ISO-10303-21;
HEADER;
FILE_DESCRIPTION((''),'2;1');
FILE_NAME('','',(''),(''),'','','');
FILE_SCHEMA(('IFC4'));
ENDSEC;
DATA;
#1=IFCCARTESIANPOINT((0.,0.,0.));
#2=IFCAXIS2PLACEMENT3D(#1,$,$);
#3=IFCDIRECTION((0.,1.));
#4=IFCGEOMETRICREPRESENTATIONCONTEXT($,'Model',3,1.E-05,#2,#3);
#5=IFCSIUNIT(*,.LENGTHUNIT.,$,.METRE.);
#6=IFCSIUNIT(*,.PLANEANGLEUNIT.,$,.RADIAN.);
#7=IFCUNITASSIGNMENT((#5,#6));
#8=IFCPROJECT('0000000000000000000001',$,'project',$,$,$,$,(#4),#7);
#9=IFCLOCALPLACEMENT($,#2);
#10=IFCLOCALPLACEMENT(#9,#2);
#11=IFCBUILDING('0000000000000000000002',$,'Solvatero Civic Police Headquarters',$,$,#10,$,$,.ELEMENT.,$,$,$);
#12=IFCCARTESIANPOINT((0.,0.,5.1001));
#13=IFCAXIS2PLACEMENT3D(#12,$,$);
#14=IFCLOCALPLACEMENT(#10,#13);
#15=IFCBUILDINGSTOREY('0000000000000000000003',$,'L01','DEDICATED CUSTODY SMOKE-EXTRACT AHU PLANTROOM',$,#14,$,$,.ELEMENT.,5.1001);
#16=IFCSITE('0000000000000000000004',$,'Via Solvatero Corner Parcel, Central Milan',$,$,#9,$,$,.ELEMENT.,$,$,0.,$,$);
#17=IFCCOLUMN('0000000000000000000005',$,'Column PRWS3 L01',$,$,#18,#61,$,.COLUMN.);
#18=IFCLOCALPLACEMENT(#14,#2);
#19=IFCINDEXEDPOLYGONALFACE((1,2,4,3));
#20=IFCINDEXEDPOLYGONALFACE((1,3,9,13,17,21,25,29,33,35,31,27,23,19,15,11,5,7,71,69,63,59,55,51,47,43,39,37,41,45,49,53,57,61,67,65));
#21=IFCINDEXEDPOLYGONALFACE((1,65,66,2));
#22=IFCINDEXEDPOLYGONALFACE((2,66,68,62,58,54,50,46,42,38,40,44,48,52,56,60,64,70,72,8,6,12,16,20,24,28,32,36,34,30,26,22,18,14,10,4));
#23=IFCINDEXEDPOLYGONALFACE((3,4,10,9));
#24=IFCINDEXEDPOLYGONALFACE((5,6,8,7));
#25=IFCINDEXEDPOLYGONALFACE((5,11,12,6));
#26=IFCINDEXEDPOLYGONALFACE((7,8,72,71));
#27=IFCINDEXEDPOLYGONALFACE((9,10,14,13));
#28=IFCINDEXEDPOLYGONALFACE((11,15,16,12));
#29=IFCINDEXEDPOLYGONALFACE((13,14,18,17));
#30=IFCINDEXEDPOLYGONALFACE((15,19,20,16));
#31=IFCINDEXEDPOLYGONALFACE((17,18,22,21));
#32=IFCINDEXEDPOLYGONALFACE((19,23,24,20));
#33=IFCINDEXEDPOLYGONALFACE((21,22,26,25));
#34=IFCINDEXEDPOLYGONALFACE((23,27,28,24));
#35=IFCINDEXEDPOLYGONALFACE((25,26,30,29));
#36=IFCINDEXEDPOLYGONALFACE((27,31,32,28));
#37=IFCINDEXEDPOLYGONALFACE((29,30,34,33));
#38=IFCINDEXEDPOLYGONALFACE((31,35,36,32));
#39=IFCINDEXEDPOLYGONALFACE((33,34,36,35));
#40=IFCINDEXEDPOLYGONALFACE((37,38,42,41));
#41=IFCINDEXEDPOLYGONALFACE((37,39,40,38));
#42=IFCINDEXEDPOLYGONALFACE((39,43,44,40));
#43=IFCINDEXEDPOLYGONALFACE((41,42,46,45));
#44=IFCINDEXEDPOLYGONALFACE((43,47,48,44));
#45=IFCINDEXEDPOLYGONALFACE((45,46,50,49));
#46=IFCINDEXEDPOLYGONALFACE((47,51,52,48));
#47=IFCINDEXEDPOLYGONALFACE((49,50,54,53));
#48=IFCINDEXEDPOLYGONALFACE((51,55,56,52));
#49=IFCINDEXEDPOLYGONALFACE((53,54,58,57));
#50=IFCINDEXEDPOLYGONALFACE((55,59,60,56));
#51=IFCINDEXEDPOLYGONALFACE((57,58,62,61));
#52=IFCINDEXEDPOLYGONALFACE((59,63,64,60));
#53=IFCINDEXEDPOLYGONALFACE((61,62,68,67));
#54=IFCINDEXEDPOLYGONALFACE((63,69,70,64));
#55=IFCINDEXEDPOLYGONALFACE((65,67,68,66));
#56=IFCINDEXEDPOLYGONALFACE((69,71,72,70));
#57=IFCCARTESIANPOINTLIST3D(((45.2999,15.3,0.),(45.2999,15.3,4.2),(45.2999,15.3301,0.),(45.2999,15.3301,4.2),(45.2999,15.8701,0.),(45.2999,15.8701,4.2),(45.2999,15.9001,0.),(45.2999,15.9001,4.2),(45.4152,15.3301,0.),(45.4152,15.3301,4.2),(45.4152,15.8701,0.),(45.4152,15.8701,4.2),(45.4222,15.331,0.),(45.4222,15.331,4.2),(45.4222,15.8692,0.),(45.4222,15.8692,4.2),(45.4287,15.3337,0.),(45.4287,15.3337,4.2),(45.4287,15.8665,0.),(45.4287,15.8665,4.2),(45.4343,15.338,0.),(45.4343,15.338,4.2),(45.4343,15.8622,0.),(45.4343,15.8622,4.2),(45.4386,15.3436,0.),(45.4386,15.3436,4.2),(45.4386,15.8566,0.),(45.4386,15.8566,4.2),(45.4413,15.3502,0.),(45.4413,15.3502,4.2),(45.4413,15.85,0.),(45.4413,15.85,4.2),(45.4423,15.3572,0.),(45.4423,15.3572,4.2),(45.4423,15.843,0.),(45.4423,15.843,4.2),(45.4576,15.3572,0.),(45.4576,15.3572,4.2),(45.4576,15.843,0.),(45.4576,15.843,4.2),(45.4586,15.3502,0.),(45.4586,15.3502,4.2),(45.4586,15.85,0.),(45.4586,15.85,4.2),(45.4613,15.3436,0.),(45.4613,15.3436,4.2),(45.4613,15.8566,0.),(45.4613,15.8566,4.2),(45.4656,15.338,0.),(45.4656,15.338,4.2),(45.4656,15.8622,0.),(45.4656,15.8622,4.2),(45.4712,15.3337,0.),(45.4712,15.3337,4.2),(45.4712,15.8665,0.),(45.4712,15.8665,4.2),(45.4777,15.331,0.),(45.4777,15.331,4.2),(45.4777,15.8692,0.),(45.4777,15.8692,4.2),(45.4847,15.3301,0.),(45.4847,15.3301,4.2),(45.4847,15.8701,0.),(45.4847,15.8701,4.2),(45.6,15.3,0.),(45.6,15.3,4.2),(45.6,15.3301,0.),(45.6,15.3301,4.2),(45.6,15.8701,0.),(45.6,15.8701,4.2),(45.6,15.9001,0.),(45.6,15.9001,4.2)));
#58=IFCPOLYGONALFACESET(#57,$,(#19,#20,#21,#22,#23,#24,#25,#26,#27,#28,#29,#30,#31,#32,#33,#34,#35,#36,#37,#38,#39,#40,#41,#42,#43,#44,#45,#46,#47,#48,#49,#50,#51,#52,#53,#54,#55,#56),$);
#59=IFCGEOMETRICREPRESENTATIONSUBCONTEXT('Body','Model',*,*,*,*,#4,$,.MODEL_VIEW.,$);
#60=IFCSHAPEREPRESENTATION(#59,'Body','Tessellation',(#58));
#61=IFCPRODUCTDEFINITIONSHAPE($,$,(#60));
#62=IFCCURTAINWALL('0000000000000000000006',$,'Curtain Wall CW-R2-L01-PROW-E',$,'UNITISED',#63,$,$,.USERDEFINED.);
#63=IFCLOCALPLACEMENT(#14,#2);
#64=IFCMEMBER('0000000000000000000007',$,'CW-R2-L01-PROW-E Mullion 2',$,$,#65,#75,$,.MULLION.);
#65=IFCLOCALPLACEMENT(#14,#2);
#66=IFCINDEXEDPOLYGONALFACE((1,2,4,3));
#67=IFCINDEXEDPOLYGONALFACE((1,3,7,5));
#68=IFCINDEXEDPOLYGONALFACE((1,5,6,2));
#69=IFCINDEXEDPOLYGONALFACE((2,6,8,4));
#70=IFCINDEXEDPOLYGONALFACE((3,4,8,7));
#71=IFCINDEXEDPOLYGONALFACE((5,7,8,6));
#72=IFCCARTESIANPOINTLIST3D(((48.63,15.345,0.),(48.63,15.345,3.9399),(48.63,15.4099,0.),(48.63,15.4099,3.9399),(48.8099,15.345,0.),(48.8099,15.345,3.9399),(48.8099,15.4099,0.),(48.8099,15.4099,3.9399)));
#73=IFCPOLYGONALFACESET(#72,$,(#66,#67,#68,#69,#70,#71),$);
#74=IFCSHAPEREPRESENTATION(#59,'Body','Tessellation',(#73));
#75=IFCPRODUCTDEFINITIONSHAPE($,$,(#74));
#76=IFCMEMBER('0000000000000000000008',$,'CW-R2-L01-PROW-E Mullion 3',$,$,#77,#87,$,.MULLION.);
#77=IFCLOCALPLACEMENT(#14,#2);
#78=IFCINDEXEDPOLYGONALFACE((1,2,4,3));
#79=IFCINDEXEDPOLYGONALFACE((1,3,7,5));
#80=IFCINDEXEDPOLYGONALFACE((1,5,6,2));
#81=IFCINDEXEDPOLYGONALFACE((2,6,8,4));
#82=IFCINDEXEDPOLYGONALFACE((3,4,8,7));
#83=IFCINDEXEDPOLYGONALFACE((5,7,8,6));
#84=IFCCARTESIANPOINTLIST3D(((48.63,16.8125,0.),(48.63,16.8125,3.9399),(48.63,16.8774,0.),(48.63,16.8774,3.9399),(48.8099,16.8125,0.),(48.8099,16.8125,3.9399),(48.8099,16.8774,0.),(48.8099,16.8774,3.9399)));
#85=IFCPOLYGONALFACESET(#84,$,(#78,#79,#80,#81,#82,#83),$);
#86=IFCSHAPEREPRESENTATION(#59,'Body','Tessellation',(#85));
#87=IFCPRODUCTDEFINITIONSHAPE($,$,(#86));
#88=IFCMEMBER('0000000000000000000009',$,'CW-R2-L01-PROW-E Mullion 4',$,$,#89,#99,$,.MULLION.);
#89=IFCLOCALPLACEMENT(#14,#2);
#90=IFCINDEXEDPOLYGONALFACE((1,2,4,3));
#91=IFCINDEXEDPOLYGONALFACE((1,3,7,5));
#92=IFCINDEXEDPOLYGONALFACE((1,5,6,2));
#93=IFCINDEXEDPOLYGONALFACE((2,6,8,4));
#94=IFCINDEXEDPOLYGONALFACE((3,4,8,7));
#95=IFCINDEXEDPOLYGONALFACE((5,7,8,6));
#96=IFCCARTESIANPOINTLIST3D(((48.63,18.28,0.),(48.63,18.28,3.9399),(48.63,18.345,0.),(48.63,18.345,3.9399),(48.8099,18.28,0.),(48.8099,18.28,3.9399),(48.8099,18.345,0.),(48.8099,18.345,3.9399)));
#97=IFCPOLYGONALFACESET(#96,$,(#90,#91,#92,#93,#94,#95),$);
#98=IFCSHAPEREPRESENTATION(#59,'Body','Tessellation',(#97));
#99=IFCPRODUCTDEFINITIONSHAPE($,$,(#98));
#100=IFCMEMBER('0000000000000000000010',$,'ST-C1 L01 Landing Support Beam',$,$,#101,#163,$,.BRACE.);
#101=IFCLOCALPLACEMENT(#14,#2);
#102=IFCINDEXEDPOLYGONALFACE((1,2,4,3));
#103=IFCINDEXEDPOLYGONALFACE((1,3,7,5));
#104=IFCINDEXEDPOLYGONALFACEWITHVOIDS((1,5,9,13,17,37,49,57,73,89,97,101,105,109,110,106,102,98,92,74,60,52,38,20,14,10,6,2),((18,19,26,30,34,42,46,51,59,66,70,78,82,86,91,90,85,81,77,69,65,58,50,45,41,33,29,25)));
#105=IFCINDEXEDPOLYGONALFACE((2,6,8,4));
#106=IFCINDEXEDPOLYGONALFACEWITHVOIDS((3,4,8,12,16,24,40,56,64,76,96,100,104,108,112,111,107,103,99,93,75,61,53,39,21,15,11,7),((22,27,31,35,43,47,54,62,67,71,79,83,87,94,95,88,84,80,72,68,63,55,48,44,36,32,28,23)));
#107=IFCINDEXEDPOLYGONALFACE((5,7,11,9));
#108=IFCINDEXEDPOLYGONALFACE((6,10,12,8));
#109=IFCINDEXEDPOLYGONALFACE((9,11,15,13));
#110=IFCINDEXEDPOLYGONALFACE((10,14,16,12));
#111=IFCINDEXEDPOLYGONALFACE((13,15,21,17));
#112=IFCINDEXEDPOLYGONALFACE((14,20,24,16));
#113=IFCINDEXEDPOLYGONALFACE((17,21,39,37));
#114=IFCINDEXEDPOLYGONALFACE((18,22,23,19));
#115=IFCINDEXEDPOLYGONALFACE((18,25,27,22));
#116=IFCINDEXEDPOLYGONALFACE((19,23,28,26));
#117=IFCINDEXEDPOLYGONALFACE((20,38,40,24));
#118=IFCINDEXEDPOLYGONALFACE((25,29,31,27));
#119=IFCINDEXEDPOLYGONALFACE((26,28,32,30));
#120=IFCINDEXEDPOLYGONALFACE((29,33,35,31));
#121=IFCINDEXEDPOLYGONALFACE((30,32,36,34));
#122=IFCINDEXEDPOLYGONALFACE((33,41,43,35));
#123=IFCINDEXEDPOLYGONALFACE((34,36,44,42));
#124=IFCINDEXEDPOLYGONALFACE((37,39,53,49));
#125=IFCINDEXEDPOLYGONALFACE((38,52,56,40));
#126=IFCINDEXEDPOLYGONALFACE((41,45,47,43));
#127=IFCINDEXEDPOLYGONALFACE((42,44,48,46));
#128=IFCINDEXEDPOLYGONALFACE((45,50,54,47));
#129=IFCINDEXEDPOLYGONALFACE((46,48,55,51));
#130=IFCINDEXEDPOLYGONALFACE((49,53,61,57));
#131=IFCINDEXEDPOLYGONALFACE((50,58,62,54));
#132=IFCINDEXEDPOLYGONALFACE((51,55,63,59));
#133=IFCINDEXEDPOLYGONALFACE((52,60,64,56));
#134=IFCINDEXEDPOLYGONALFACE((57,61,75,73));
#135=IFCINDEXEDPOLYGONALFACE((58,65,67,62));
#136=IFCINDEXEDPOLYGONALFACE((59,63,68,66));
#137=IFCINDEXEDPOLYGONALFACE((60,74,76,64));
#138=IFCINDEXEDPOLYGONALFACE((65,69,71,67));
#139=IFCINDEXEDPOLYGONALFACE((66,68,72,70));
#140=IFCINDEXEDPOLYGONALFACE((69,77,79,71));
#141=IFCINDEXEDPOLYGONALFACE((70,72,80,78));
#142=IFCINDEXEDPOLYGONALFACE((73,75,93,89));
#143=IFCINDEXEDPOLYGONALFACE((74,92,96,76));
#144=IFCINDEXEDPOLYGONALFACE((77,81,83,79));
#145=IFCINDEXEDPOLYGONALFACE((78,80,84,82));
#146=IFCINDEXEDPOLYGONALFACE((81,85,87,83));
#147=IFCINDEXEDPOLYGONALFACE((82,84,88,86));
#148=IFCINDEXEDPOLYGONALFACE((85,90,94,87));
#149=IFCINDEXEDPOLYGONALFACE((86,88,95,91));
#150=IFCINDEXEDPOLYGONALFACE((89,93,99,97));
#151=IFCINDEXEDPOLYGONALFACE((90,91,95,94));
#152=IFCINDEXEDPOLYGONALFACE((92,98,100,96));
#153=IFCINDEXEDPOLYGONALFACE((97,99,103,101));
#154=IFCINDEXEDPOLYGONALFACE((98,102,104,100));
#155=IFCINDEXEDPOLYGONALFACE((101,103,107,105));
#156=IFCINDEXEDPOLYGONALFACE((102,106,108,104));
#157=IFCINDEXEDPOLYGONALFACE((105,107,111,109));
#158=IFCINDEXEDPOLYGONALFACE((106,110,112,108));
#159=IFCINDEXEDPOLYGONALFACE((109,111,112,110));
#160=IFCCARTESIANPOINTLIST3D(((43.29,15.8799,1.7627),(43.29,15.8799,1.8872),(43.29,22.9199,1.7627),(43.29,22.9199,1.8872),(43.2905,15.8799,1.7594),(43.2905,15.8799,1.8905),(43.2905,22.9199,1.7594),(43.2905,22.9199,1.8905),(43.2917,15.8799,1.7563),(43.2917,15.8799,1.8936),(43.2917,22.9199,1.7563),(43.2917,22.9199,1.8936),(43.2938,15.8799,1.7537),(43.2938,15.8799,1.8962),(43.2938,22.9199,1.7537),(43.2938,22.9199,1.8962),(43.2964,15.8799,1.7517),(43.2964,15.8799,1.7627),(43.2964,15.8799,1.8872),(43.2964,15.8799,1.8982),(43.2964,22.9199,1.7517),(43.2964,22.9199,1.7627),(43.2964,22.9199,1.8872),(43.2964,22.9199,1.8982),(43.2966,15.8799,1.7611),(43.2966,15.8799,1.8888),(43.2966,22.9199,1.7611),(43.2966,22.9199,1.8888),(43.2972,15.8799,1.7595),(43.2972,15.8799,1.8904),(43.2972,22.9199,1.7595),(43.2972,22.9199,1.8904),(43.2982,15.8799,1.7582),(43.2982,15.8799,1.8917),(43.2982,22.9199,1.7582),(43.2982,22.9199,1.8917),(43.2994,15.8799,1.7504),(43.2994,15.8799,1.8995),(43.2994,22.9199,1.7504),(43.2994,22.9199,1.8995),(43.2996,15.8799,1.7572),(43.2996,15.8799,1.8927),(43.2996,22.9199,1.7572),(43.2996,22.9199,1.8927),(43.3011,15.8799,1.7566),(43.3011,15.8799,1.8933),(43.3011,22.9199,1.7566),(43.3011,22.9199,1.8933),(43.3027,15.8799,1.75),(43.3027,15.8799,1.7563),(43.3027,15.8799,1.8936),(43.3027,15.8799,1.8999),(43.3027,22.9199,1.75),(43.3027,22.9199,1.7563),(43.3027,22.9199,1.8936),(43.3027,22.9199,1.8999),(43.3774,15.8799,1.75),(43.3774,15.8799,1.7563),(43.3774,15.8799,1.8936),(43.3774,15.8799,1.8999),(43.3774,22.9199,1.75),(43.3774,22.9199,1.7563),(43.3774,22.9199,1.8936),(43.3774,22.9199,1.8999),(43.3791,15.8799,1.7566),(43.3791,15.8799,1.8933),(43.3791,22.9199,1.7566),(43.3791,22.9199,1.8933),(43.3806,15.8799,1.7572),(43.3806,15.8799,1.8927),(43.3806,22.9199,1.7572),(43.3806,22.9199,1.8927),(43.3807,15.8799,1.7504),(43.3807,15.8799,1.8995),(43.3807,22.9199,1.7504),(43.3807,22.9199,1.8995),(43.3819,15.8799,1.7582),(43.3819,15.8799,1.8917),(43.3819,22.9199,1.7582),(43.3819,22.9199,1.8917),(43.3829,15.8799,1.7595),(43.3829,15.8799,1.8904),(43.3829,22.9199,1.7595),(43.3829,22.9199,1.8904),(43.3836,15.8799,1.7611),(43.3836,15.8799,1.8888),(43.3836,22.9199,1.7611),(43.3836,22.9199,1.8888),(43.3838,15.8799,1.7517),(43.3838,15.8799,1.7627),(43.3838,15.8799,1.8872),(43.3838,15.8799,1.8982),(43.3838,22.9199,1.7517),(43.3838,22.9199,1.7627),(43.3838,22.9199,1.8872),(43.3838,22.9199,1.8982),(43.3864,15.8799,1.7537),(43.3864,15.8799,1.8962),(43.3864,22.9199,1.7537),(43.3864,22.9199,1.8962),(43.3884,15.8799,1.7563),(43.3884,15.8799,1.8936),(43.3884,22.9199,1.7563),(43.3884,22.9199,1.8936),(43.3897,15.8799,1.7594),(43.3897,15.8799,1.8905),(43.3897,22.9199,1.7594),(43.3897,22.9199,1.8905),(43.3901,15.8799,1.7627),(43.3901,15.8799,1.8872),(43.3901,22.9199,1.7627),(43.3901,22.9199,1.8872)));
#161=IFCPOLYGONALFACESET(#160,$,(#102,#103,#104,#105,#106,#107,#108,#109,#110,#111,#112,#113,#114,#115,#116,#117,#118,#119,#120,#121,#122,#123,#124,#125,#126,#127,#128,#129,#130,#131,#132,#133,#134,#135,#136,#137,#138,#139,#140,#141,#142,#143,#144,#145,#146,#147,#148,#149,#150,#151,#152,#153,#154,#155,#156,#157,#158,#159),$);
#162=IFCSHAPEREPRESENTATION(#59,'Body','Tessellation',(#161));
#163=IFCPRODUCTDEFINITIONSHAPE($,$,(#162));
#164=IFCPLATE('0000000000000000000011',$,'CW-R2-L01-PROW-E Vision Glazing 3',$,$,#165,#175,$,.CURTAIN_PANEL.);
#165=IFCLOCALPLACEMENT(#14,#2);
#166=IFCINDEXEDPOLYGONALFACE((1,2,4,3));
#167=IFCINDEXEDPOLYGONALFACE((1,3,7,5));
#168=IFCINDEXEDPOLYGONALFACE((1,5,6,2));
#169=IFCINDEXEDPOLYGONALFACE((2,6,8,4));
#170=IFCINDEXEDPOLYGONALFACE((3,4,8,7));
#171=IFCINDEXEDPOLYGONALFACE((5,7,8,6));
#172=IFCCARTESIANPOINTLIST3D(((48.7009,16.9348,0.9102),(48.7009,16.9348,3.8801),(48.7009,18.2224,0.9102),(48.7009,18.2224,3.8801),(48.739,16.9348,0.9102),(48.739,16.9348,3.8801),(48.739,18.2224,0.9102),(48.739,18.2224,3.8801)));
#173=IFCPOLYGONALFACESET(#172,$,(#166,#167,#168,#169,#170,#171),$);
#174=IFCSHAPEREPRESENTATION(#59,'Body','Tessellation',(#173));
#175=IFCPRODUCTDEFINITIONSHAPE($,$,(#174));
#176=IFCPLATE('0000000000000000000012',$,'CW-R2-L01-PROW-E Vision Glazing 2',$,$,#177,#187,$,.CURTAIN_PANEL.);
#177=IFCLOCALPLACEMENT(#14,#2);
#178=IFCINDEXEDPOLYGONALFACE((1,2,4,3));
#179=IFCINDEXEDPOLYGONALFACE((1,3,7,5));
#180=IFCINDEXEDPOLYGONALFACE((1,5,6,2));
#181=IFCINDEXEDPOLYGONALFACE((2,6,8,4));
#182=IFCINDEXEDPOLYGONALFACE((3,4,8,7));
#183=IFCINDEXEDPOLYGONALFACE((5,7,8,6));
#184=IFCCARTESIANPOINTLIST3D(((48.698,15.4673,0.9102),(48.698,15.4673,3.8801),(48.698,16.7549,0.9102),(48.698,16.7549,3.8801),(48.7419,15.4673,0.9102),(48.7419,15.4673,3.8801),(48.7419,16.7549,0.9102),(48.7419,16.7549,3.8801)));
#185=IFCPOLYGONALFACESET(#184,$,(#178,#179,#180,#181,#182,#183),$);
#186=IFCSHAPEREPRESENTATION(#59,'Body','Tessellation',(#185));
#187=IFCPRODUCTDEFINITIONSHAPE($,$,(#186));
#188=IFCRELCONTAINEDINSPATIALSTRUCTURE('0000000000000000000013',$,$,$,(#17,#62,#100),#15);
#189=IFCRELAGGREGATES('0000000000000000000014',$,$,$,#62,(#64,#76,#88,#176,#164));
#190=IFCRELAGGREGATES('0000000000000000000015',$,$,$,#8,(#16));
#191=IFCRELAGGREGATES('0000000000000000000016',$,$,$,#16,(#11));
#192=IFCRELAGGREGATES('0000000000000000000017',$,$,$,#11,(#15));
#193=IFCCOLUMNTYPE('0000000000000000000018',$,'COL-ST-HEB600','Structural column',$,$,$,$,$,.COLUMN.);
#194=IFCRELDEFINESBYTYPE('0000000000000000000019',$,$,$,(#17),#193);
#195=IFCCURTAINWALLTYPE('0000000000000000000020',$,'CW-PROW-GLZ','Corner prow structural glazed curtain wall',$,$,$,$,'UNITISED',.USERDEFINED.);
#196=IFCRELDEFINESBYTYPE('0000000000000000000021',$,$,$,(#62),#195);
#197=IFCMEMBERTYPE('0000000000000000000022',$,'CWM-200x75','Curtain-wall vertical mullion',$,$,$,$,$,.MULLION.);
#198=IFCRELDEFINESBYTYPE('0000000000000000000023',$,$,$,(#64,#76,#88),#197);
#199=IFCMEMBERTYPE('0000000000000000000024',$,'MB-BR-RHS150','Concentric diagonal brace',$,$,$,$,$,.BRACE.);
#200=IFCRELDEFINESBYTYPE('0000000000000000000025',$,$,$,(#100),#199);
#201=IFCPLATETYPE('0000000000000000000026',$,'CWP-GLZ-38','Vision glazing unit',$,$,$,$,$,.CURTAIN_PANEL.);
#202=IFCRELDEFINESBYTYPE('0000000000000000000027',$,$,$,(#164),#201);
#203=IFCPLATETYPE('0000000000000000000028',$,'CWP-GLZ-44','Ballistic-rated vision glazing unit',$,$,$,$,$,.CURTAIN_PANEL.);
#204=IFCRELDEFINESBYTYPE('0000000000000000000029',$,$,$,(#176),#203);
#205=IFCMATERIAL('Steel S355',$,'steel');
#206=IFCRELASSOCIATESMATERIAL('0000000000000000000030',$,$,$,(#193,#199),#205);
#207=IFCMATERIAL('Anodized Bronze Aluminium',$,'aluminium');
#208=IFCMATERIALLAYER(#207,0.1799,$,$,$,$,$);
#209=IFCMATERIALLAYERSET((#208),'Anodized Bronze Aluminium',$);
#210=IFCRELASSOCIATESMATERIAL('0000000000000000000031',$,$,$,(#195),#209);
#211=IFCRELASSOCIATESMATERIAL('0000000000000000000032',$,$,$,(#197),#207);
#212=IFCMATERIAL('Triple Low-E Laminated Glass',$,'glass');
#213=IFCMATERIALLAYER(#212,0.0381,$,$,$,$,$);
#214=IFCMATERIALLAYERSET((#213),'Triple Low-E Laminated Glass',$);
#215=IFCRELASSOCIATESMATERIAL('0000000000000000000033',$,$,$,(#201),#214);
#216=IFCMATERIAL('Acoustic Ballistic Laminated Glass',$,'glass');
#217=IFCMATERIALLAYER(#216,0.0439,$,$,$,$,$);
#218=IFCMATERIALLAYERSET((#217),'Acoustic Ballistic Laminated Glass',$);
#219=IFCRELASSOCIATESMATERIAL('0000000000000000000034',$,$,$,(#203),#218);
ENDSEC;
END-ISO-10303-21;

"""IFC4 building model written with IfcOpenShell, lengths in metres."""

from ifc_helpers import new_model, si_unit, direction, frame, origin, origin_2d, place, context, subcontext, project, spatial, rectangle, hollow_rectangle, i_section, extrude, material, layer, layer_set, material_profile, profile_set, type_object, element, aggregate, save


model = new_model("IFC4")

# Units and contexts
model_context = context("Model", 3, precision=1e-05, world=origin(), true_north=direction((0.0, 1.0)))
body_context = subcontext(model_context, "Body", "Model", "MODEL_VIEW")
ifc_project = project(units=[si_unit("LENGTHUNIT", "METRE"), si_unit("PLANEANGLEUNIT", "RADIAN")], contexts=[model_context])

# Site, building, storey
site_placement = place(None, origin())
site = spatial("IfcSite", under=ifc_project, at=site_placement, Name="Via Solvatero Corner Parcel, Central Milan", CompositionType="ELEMENT", RefElevation=0.0)
building_placement = place(site_placement, origin())
building = spatial("IfcBuilding", under=site, at=building_placement, Name="Solvatero Civic Police Headquarters", CompositionType="ELEMENT")
storey_placement = place(building_placement, frame((0.0, 0.0, 5.1001)))
storey = spatial("IfcBuildingStorey", under=building, at=storey_placement, Name="L01", Description="DEDICATED CUSTODY SMOKE-EXTRACT AHU PLANTROOM", CompositionType="ELEMENT", Elevation=5.1001)

# Column
ifc_material_1 = material(Name="Steel S355", Category="steel")
ifc_material_profile_1 = material_profile(ifc_material_1, i_section(OverallWidth=0.3, OverallDepth=0.6001, WebThickness=0.0154, FlangeThickness=0.03, FilletRadius=0.0271, at=origin_2d()), Name="HEB 600")
ifc_profile_set_1 = profile_set([ifc_material_profile_1], Name="Steel S355")
column_type = type_object("IfcColumnType", Name="COL-ST-HEB600", Description="Structural column", PredefinedType="COLUMN", material=ifc_profile_set_1)
column_placement = place(storey_placement, frame((45.45, 15.6001, 0.0), z_axis=(0.0, 0.0, 1.0), x_axis=(1.0, 0.0, 0.0)))
element("IfcColumn", 1, at=column_placement, inside=storey, type_object=column_type, Name="Column PRWS3 L01", PredefinedType="COLUMN", context=body_context, shape_type="SweptSolid", body=[
    extrude(i_section(OverallWidth=0.3, OverallDepth=0.6001, WebThickness=0.0154, FlangeThickness=0.03, FilletRadius=0.0271, at=origin_2d()), origin(), (0.0, 0.0, 1.0), 4.2),
])

# Curtain wall, members
ifc_material_2 = material(Name="Anodized Bronze Aluminium", Category="aluminium")
ifc_layer_1 = layer(ifc_material_2, 0.1799)
ifc_layer_set_1 = layer_set([ifc_layer_1], Name="Anodized Bronze Aluminium")
curtain_wall_type = type_object("IfcCurtainWallType", Name="CW-PROW-GLZ", Description="Corner prow structural glazed curtain wall", ElementType="UNITISED", PredefinedType="USERDEFINED", material=ifc_layer_set_1)
curtain_wall_placement = place(storey_placement, origin())
curtain_wall = element("IfcCurtainWall", 2, at=curtain_wall_placement, inside=storey, type_object=curtain_wall_type, Name="Curtain Wall CW-R2-L01-PROW-E", ObjectType="UNITISED", PredefinedType="USERDEFINED")
ifc_material_profile_2 = material_profile(ifc_material_2, rectangle(XDim=0.0649, YDim=0.1799, at=origin_2d()), Name="ALU MULLION 65x180")
ifc_profile_set_2 = profile_set([ifc_material_profile_2], Name="Anodized Bronze Aluminium")
member_type_1 = type_object("IfcMemberType", Name="CWM-200x75", Description="Curtain-wall vertical mullion", PredefinedType="MULLION", material=ifc_profile_set_2)
member_1_placement = place(storey_placement, frame((48.72, 15.3774, 0.0), z_axis=(0.0, 0.0, 1.0), x_axis=(0.0, 1.0, 0.0)))
member_1 = element("IfcMember", 3, at=member_1_placement, type_object=member_type_1, Name="CW-R2-L01-PROW-E Mullion 2", PredefinedType="MULLION", context=body_context, shape_type="SweptSolid", body=[
    extrude(rectangle(XDim=0.0649, YDim=0.1799, at=origin_2d()), origin(), (0.0, 0.0, 1.0), 3.9399),
])
member_2_placement = place(storey_placement, frame((48.72, 16.845, 0.0), z_axis=(0.0, 0.0, 1.0), x_axis=(0.0, 1.0, 0.0)))
member_2 = element("IfcMember", 4, at=member_2_placement, type_object=member_type_1, Name="CW-R2-L01-PROW-E Mullion 3", PredefinedType="MULLION", context=body_context, shape_type="SweptSolid", body=[
    extrude(rectangle(XDim=0.0649, YDim=0.1799, at=origin_2d()), origin(), (0.0, 0.0, 1.0), 3.9399),
])
member_3_placement = place(storey_placement, frame((48.72, 18.3125, 0.0), z_axis=(0.0, 0.0, 1.0), x_axis=(0.0, 1.0, 0.0)))
member_3 = element("IfcMember", 5, at=member_3_placement, type_object=member_type_1, Name="CW-R2-L01-PROW-E Mullion 4", PredefinedType="MULLION", context=body_context, shape_type="SweptSolid", body=[
    extrude(rectangle(XDim=0.0649, YDim=0.1799, at=origin_2d()), origin(), (0.0, 0.0, 1.0), 3.9399),
])

# Member
ifc_material_profile_3 = material_profile(ifc_material_1, hollow_rectangle(XDim=0.1001, YDim=0.1499, WallThickness=0.0063, InnerFilletRadius=0.0063, OuterFilletRadius=0.0127, at=origin_2d()), Name="RHS 150x100x6.3")
ifc_profile_set_3 = profile_set([ifc_material_profile_3], Name="Steel S355")
member_type_2 = type_object("IfcMemberType", Name="MB-BR-RHS150", Description="Concentric diagonal brace", PredefinedType="BRACE", material=ifc_profile_set_3)
member_4_placement = place(storey_placement, frame((43.3401, 15.8799, 1.825), z_axis=(0.0, 1.0, 0.0), x_axis=(-1.0, 0.0, 0.0)))
element("IfcMember", 6, at=member_4_placement, inside=storey, type_object=member_type_2, Name="ST-C1 L01 Landing Support Beam", PredefinedType="BRACE", context=body_context, shape_type="SweptSolid", body=[
    extrude(hollow_rectangle(XDim=0.1001, YDim=0.1499, WallThickness=0.0063, InnerFilletRadius=0.0063, OuterFilletRadius=0.0127, at=origin_2d()), origin(), (0.0, 0.0, 1.0), 7.04),
])

# Plates
ifc_material_3 = material(Name="Triple Low-E Laminated Glass", Category="glass")
ifc_layer_2 = layer(ifc_material_3, 0.0381)
ifc_layer_set_2 = layer_set([ifc_layer_2], Name="Triple Low-E Laminated Glass")
plate_type_1 = type_object("IfcPlateType", Name="CWP-GLZ-38", Description="Vision glazing unit", PredefinedType="CURTAIN_PANEL", material=ifc_layer_set_2)
plate_1_placement = place(storey_placement, frame((48.72, 17.5786, 0.9102), z_axis=(0.0, 0.0, 1.0), x_axis=(0.0, 1.0, 0.0)))
plate_1 = element("IfcPlate", 7, at=plate_1_placement, type_object=plate_type_1, Name="CW-R2-L01-PROW-E Vision Glazing 3", PredefinedType="CURTAIN_PANEL", context=body_context, shape_type="SweptSolid", body=[
    extrude(rectangle(XDim=1.2876, YDim=0.0381, at=origin_2d()), origin(), (0.0, 0.0, 1.0), 2.97),
])
ifc_material_4 = material(Name="Acoustic Ballistic Laminated Glass", Category="glass")
ifc_layer_3 = layer(ifc_material_4, 0.0439)
ifc_layer_set_3 = layer_set([ifc_layer_3], Name="Acoustic Ballistic Laminated Glass")
plate_type_2 = type_object("IfcPlateType", Name="CWP-GLZ-44", Description="Ballistic-rated vision glazing unit", PredefinedType="CURTAIN_PANEL", material=ifc_layer_set_3)
plate_2_placement = place(storey_placement, frame((48.72, 16.1111, 0.9102), z_axis=(0.0, 0.0, 1.0), x_axis=(0.0, 1.0, 0.0)))
plate_2 = element("IfcPlate", 8, at=plate_2_placement, type_object=plate_type_2, Name="CW-R2-L01-PROW-E Vision Glazing 2", PredefinedType="CURTAIN_PANEL", context=body_context, shape_type="SweptSolid", body=[
    extrude(rectangle(XDim=1.2876, YDim=0.0439, at=origin_2d()), origin(), (0.0, 0.0, 1.0), 2.97),
])
aggregate(curtain_wall, [member_1, member_2, member_3, plate_2, plate_1])

save(model, "model.ifc")
